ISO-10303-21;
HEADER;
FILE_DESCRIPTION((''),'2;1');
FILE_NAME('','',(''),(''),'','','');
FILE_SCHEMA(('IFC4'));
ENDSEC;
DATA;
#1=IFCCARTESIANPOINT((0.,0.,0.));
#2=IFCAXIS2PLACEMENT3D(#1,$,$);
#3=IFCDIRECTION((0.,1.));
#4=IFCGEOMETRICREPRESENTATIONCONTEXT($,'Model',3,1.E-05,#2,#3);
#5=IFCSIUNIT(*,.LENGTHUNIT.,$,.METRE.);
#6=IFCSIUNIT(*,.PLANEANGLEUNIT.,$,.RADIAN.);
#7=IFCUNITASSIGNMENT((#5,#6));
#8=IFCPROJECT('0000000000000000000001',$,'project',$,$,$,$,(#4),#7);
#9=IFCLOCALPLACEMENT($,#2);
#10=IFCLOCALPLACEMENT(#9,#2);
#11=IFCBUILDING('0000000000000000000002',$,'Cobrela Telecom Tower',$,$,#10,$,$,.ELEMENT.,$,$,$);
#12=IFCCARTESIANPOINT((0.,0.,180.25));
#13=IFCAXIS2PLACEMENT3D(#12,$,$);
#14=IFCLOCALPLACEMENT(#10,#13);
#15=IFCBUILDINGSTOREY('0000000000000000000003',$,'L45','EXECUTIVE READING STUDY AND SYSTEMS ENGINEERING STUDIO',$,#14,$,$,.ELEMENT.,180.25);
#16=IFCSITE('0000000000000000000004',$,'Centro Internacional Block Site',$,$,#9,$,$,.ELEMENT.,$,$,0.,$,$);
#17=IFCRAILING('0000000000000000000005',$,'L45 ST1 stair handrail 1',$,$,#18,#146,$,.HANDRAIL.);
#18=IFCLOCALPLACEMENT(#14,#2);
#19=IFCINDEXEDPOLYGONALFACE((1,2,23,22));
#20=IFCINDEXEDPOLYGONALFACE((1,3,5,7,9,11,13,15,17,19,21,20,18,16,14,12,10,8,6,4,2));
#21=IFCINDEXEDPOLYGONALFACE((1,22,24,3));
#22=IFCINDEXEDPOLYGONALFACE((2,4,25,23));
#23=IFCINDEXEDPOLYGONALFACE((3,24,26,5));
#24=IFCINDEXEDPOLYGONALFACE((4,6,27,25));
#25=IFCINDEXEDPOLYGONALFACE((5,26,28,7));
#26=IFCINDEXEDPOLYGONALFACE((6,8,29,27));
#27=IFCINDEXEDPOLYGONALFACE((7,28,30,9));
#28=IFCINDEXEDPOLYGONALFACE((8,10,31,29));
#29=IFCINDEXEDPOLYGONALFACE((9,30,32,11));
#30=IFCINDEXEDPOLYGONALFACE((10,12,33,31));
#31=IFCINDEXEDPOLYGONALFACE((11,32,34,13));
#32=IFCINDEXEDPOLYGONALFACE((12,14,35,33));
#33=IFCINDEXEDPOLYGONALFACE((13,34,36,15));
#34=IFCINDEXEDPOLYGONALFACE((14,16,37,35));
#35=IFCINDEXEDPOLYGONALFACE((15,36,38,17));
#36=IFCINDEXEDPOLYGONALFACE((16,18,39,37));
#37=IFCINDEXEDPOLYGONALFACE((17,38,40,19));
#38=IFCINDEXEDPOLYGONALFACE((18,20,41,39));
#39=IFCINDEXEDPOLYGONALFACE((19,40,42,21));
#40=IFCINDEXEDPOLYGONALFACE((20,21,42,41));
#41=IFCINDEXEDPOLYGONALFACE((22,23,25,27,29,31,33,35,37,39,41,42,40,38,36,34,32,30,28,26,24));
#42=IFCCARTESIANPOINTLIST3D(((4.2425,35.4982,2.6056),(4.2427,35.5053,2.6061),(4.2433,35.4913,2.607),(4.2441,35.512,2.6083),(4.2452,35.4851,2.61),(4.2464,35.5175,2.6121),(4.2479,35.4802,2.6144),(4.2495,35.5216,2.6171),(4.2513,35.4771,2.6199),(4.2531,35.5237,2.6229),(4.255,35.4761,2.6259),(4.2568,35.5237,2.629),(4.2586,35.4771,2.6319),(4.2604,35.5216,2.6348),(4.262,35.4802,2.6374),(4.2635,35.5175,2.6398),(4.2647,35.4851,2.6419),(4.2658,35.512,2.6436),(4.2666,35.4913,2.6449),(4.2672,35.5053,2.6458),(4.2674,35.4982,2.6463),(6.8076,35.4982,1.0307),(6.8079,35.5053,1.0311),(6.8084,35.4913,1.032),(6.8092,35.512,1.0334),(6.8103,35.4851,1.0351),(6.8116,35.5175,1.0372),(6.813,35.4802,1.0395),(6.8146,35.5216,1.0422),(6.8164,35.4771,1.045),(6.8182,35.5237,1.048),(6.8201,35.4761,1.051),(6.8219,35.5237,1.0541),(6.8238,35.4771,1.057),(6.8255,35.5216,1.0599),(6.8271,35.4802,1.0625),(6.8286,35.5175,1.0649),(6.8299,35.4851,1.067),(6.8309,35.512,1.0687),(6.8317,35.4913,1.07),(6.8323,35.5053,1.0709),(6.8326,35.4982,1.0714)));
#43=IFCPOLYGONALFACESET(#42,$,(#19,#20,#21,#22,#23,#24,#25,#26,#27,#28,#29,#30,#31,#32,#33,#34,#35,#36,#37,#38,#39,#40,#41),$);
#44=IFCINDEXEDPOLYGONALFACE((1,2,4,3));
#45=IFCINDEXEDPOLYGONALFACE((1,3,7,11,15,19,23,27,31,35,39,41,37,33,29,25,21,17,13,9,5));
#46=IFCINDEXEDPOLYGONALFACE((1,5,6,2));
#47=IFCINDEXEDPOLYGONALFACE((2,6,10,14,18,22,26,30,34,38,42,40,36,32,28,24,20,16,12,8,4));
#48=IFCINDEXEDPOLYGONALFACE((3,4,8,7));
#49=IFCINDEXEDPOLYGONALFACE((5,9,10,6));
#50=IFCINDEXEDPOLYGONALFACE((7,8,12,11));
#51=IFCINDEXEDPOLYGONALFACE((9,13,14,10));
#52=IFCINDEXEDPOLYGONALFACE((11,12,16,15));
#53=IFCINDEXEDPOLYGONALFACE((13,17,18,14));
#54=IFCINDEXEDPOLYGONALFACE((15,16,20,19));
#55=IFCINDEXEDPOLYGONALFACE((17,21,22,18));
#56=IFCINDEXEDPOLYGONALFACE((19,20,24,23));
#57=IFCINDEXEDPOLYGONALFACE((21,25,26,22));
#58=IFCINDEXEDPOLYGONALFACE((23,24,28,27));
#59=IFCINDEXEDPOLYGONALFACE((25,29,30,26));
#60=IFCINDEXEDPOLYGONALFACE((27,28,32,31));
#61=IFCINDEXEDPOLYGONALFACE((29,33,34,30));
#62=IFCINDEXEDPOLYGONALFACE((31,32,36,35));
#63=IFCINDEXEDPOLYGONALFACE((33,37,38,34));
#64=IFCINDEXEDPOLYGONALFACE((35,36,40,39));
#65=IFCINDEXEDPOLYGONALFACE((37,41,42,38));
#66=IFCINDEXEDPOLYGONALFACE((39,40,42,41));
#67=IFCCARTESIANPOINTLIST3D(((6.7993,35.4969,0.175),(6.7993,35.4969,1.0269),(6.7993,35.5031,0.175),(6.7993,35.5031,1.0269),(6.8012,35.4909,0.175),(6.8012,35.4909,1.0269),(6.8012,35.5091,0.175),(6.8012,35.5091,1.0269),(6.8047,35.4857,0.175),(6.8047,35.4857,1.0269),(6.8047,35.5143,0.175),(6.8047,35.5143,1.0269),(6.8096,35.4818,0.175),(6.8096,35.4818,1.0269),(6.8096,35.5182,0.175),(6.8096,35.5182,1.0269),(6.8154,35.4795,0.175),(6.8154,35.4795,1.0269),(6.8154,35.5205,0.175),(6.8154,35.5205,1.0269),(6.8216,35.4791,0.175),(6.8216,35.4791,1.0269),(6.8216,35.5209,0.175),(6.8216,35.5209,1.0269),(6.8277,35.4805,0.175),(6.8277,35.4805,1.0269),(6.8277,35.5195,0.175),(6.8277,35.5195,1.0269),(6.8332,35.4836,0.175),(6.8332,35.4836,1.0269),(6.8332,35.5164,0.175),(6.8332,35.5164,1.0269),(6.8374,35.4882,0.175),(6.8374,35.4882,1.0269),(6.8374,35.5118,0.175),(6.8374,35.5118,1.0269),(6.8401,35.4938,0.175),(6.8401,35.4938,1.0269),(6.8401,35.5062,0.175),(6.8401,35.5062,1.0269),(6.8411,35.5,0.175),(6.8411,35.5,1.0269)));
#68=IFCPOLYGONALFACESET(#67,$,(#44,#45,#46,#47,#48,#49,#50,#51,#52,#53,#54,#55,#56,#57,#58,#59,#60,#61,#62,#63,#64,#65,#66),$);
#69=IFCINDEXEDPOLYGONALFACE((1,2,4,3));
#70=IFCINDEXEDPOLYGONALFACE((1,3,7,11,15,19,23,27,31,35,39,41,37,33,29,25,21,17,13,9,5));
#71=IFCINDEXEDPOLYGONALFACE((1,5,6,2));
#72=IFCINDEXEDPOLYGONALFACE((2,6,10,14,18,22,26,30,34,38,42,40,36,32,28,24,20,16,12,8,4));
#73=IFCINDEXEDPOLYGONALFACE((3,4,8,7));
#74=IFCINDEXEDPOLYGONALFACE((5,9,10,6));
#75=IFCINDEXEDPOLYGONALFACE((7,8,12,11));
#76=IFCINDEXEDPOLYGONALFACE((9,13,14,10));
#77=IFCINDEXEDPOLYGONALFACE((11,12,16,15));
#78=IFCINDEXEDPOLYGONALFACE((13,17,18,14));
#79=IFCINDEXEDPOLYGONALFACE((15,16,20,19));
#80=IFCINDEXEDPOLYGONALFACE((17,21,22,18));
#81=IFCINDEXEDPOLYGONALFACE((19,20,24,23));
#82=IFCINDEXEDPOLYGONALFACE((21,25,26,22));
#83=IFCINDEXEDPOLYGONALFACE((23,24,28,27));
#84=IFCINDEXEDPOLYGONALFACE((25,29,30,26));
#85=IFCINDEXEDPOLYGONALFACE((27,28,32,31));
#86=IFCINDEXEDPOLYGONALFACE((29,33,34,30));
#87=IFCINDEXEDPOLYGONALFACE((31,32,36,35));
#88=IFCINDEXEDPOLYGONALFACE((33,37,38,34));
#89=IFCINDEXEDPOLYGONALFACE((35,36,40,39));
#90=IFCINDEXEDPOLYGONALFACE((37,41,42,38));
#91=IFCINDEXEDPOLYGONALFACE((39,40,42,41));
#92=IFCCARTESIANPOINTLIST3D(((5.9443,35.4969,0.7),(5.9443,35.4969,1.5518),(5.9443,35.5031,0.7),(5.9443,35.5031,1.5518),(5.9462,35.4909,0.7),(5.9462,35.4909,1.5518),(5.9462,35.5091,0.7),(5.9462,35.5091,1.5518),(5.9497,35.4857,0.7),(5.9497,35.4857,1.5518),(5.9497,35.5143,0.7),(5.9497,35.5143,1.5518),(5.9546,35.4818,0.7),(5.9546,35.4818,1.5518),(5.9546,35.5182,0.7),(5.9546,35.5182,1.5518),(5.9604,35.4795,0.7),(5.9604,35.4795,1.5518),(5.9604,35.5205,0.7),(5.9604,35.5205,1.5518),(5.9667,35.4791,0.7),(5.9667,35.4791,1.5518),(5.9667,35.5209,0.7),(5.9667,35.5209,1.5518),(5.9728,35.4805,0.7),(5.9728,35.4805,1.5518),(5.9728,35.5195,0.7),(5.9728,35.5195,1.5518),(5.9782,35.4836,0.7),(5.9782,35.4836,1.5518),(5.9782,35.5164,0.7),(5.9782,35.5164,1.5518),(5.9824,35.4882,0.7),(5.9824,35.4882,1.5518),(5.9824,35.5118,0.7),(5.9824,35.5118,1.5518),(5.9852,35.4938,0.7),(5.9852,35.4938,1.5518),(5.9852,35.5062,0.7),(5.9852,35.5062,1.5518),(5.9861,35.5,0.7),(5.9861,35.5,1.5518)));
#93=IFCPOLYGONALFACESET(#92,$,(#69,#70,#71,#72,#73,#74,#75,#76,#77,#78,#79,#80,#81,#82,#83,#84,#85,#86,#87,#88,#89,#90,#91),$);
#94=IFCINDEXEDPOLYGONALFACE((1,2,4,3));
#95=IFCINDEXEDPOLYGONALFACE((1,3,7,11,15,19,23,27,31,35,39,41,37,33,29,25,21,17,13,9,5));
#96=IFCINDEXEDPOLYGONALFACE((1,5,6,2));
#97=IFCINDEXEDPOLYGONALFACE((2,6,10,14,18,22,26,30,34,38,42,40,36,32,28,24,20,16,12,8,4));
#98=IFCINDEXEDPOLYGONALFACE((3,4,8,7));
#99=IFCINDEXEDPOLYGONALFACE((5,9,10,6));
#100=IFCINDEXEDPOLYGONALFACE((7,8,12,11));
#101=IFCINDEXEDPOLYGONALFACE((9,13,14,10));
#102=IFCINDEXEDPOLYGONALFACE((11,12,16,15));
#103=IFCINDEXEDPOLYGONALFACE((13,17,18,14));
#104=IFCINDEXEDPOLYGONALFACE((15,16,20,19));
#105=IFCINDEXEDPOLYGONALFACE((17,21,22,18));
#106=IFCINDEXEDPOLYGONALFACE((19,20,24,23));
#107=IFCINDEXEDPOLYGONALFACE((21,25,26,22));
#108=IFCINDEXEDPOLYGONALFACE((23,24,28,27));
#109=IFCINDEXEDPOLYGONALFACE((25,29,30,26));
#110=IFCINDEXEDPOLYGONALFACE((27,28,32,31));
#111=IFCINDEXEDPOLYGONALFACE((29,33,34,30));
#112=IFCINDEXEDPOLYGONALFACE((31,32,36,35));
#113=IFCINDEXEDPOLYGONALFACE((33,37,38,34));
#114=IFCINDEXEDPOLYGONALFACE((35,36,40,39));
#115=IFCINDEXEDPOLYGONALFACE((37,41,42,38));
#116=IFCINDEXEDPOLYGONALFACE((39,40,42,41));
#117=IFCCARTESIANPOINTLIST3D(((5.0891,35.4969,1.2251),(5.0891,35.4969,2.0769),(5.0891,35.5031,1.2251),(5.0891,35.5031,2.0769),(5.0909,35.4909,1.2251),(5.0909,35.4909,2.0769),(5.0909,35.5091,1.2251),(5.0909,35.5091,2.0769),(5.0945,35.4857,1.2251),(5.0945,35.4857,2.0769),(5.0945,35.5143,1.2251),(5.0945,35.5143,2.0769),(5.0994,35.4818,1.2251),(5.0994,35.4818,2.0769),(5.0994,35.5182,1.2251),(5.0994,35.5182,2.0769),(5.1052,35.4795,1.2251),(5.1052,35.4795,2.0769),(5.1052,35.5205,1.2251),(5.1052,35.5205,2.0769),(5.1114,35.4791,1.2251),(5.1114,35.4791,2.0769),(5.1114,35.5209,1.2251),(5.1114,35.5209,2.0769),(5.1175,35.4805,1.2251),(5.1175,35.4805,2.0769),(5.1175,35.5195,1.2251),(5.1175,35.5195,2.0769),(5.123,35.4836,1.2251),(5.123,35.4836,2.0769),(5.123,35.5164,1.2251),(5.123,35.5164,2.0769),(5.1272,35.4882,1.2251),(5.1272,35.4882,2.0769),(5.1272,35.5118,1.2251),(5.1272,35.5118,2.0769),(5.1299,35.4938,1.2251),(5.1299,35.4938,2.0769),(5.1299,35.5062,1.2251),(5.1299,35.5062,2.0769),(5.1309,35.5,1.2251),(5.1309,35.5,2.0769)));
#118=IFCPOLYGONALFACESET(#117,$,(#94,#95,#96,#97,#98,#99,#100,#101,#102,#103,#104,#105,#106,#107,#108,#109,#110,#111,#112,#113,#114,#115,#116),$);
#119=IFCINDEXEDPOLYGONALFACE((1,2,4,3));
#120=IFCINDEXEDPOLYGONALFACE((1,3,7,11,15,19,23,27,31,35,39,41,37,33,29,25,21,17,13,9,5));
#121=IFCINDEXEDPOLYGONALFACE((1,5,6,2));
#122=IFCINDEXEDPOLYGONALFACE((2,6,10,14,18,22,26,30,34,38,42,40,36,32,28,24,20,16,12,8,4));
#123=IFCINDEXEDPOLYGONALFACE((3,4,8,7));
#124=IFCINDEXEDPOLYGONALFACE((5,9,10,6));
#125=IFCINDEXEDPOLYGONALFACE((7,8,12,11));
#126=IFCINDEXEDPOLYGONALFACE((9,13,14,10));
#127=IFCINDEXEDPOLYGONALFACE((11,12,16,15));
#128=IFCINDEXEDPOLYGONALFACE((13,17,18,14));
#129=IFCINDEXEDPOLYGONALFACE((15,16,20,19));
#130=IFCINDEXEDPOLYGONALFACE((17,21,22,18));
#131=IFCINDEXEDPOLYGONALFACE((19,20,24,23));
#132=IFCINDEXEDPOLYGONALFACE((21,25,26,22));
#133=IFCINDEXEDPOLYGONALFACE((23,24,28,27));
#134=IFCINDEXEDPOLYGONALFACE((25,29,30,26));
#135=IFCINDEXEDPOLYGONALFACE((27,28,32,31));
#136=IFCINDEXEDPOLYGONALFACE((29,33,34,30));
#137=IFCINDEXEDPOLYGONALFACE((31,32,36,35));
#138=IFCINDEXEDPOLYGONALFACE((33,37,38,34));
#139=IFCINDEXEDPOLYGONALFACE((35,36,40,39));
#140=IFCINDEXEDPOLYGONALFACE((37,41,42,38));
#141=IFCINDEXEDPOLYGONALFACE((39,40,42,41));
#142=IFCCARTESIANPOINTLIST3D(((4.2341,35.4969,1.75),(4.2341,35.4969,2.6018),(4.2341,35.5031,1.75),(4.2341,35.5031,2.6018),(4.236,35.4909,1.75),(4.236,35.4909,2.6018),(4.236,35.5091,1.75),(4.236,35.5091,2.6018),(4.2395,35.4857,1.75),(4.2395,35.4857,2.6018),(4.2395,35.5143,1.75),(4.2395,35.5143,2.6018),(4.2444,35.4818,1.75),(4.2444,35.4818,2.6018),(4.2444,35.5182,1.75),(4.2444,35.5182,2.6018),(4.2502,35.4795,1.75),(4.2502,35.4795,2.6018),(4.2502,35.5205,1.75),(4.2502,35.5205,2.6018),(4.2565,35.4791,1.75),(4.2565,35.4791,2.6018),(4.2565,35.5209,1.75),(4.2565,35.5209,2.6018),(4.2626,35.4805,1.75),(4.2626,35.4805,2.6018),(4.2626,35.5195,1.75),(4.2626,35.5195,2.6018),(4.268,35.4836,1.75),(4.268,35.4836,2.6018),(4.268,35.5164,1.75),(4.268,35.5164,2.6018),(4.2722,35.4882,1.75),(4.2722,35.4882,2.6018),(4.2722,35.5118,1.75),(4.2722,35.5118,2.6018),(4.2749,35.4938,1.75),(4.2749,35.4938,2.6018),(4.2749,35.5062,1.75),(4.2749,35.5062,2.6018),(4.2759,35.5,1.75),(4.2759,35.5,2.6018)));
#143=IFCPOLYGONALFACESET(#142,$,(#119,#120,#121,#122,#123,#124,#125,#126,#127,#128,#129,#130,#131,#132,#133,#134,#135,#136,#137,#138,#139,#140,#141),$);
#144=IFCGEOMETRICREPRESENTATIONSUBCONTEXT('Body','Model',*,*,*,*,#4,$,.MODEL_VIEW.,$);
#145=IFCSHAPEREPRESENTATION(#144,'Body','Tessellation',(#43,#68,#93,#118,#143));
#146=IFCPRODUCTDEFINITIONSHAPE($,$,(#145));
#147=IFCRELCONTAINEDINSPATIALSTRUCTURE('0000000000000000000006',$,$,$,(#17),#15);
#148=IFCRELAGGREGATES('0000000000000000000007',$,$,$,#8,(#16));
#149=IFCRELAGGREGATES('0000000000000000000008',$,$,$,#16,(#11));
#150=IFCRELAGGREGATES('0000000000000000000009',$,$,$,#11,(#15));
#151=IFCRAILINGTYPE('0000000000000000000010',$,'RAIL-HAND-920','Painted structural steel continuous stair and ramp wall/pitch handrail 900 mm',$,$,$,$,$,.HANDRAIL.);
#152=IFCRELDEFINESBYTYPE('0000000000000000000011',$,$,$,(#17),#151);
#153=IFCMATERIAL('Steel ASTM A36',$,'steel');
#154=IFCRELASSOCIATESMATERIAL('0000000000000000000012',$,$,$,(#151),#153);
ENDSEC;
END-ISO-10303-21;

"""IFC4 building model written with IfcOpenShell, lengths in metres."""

from ifc_helpers import new_model, si_unit, direction, frame, origin, origin_2d, place, context, subcontext, project, spatial, circle, extrude, material, type_object, element, save


model = new_model("IFC4")

# Units and contexts
model_context = context("Model", 3, precision=1e-05, world=origin(), true_north=direction((0.0, 1.0)))
body_context = subcontext(model_context, "Body", "Model", "MODEL_VIEW")
ifc_project = project(units=[si_unit("LENGTHUNIT", "METRE"), si_unit("PLANEANGLEUNIT", "RADIAN")], contexts=[model_context])

# Site, building, storey
site_placement = place(None, origin())
site = spatial("IfcSite", under=ifc_project, at=site_placement, Name="Centro Internacional Block Site", CompositionType="ELEMENT", RefElevation=0.0)
building_placement = place(site_placement, origin())
building = spatial("IfcBuilding", under=site, at=building_placement, Name="Cobrela Telecom Tower", CompositionType="ELEMENT")
storey_placement = place(building_placement, frame((0.0, 0.0, 180.25)))
storey = spatial("IfcBuildingStorey", under=building, at=storey_placement, Name="L45", Description="EXECUTIVE READING STUDY AND SYSTEMS ENGINEERING STUDIO", CompositionType="ELEMENT", Elevation=180.25)

# Shared definitions
ifc_material_1 = material(Name="Steel ASTM A36", Category="steel")

# Railing
railing_type_1 = type_object("IfcRailingType", Name="RAIL-HAND-920", Description="Painted structural steel continuous stair and ramp wall/pitch handrail 900 mm", PredefinedType="HANDRAIL", material=ifc_material_1)
railing_1_placement = place(storey_placement, frame((6.8201, 35.5, 0.175)))
element("IfcRailing", 1, at=railing_1_placement, inside=storey, type_object=railing_type_1, Name="L45 ST1 stair handrail 1", PredefinedType="HANDRAIL", context=body_context, shape_type="SweptSolid", body=[
    extrude(circle(Radius=0.0239, at=origin_2d()), frame((0.0, 0.0, 0.876), z_axis=(-0.852195, 0.0, 0.523224), x_axis=(0.0, -1.0, 0.0)), (0.0, 0.0, 1.0), 3.01),
    extrude(circle(Radius=0.021, at=origin_2d()), origin(), (0.0, 0.0, 1.0), 0.8518),
    extrude(circle(Radius=0.021, at=origin_2d()), frame((-0.855, 0.0, 0.5249)), (0.0, 0.0, 1.0), 0.8518),
    extrude(circle(Radius=0.021, at=origin_2d()), frame((-1.7102, 0.0, 1.05)), (0.0, 0.0, 1.0), 0.8518),
    extrude(circle(Radius=0.021, at=origin_2d()), frame((-2.5652, 0.0, 1.575)), (0.0, 0.0, 1.0), 0.8518),
])

save(model, "model.ifc")
